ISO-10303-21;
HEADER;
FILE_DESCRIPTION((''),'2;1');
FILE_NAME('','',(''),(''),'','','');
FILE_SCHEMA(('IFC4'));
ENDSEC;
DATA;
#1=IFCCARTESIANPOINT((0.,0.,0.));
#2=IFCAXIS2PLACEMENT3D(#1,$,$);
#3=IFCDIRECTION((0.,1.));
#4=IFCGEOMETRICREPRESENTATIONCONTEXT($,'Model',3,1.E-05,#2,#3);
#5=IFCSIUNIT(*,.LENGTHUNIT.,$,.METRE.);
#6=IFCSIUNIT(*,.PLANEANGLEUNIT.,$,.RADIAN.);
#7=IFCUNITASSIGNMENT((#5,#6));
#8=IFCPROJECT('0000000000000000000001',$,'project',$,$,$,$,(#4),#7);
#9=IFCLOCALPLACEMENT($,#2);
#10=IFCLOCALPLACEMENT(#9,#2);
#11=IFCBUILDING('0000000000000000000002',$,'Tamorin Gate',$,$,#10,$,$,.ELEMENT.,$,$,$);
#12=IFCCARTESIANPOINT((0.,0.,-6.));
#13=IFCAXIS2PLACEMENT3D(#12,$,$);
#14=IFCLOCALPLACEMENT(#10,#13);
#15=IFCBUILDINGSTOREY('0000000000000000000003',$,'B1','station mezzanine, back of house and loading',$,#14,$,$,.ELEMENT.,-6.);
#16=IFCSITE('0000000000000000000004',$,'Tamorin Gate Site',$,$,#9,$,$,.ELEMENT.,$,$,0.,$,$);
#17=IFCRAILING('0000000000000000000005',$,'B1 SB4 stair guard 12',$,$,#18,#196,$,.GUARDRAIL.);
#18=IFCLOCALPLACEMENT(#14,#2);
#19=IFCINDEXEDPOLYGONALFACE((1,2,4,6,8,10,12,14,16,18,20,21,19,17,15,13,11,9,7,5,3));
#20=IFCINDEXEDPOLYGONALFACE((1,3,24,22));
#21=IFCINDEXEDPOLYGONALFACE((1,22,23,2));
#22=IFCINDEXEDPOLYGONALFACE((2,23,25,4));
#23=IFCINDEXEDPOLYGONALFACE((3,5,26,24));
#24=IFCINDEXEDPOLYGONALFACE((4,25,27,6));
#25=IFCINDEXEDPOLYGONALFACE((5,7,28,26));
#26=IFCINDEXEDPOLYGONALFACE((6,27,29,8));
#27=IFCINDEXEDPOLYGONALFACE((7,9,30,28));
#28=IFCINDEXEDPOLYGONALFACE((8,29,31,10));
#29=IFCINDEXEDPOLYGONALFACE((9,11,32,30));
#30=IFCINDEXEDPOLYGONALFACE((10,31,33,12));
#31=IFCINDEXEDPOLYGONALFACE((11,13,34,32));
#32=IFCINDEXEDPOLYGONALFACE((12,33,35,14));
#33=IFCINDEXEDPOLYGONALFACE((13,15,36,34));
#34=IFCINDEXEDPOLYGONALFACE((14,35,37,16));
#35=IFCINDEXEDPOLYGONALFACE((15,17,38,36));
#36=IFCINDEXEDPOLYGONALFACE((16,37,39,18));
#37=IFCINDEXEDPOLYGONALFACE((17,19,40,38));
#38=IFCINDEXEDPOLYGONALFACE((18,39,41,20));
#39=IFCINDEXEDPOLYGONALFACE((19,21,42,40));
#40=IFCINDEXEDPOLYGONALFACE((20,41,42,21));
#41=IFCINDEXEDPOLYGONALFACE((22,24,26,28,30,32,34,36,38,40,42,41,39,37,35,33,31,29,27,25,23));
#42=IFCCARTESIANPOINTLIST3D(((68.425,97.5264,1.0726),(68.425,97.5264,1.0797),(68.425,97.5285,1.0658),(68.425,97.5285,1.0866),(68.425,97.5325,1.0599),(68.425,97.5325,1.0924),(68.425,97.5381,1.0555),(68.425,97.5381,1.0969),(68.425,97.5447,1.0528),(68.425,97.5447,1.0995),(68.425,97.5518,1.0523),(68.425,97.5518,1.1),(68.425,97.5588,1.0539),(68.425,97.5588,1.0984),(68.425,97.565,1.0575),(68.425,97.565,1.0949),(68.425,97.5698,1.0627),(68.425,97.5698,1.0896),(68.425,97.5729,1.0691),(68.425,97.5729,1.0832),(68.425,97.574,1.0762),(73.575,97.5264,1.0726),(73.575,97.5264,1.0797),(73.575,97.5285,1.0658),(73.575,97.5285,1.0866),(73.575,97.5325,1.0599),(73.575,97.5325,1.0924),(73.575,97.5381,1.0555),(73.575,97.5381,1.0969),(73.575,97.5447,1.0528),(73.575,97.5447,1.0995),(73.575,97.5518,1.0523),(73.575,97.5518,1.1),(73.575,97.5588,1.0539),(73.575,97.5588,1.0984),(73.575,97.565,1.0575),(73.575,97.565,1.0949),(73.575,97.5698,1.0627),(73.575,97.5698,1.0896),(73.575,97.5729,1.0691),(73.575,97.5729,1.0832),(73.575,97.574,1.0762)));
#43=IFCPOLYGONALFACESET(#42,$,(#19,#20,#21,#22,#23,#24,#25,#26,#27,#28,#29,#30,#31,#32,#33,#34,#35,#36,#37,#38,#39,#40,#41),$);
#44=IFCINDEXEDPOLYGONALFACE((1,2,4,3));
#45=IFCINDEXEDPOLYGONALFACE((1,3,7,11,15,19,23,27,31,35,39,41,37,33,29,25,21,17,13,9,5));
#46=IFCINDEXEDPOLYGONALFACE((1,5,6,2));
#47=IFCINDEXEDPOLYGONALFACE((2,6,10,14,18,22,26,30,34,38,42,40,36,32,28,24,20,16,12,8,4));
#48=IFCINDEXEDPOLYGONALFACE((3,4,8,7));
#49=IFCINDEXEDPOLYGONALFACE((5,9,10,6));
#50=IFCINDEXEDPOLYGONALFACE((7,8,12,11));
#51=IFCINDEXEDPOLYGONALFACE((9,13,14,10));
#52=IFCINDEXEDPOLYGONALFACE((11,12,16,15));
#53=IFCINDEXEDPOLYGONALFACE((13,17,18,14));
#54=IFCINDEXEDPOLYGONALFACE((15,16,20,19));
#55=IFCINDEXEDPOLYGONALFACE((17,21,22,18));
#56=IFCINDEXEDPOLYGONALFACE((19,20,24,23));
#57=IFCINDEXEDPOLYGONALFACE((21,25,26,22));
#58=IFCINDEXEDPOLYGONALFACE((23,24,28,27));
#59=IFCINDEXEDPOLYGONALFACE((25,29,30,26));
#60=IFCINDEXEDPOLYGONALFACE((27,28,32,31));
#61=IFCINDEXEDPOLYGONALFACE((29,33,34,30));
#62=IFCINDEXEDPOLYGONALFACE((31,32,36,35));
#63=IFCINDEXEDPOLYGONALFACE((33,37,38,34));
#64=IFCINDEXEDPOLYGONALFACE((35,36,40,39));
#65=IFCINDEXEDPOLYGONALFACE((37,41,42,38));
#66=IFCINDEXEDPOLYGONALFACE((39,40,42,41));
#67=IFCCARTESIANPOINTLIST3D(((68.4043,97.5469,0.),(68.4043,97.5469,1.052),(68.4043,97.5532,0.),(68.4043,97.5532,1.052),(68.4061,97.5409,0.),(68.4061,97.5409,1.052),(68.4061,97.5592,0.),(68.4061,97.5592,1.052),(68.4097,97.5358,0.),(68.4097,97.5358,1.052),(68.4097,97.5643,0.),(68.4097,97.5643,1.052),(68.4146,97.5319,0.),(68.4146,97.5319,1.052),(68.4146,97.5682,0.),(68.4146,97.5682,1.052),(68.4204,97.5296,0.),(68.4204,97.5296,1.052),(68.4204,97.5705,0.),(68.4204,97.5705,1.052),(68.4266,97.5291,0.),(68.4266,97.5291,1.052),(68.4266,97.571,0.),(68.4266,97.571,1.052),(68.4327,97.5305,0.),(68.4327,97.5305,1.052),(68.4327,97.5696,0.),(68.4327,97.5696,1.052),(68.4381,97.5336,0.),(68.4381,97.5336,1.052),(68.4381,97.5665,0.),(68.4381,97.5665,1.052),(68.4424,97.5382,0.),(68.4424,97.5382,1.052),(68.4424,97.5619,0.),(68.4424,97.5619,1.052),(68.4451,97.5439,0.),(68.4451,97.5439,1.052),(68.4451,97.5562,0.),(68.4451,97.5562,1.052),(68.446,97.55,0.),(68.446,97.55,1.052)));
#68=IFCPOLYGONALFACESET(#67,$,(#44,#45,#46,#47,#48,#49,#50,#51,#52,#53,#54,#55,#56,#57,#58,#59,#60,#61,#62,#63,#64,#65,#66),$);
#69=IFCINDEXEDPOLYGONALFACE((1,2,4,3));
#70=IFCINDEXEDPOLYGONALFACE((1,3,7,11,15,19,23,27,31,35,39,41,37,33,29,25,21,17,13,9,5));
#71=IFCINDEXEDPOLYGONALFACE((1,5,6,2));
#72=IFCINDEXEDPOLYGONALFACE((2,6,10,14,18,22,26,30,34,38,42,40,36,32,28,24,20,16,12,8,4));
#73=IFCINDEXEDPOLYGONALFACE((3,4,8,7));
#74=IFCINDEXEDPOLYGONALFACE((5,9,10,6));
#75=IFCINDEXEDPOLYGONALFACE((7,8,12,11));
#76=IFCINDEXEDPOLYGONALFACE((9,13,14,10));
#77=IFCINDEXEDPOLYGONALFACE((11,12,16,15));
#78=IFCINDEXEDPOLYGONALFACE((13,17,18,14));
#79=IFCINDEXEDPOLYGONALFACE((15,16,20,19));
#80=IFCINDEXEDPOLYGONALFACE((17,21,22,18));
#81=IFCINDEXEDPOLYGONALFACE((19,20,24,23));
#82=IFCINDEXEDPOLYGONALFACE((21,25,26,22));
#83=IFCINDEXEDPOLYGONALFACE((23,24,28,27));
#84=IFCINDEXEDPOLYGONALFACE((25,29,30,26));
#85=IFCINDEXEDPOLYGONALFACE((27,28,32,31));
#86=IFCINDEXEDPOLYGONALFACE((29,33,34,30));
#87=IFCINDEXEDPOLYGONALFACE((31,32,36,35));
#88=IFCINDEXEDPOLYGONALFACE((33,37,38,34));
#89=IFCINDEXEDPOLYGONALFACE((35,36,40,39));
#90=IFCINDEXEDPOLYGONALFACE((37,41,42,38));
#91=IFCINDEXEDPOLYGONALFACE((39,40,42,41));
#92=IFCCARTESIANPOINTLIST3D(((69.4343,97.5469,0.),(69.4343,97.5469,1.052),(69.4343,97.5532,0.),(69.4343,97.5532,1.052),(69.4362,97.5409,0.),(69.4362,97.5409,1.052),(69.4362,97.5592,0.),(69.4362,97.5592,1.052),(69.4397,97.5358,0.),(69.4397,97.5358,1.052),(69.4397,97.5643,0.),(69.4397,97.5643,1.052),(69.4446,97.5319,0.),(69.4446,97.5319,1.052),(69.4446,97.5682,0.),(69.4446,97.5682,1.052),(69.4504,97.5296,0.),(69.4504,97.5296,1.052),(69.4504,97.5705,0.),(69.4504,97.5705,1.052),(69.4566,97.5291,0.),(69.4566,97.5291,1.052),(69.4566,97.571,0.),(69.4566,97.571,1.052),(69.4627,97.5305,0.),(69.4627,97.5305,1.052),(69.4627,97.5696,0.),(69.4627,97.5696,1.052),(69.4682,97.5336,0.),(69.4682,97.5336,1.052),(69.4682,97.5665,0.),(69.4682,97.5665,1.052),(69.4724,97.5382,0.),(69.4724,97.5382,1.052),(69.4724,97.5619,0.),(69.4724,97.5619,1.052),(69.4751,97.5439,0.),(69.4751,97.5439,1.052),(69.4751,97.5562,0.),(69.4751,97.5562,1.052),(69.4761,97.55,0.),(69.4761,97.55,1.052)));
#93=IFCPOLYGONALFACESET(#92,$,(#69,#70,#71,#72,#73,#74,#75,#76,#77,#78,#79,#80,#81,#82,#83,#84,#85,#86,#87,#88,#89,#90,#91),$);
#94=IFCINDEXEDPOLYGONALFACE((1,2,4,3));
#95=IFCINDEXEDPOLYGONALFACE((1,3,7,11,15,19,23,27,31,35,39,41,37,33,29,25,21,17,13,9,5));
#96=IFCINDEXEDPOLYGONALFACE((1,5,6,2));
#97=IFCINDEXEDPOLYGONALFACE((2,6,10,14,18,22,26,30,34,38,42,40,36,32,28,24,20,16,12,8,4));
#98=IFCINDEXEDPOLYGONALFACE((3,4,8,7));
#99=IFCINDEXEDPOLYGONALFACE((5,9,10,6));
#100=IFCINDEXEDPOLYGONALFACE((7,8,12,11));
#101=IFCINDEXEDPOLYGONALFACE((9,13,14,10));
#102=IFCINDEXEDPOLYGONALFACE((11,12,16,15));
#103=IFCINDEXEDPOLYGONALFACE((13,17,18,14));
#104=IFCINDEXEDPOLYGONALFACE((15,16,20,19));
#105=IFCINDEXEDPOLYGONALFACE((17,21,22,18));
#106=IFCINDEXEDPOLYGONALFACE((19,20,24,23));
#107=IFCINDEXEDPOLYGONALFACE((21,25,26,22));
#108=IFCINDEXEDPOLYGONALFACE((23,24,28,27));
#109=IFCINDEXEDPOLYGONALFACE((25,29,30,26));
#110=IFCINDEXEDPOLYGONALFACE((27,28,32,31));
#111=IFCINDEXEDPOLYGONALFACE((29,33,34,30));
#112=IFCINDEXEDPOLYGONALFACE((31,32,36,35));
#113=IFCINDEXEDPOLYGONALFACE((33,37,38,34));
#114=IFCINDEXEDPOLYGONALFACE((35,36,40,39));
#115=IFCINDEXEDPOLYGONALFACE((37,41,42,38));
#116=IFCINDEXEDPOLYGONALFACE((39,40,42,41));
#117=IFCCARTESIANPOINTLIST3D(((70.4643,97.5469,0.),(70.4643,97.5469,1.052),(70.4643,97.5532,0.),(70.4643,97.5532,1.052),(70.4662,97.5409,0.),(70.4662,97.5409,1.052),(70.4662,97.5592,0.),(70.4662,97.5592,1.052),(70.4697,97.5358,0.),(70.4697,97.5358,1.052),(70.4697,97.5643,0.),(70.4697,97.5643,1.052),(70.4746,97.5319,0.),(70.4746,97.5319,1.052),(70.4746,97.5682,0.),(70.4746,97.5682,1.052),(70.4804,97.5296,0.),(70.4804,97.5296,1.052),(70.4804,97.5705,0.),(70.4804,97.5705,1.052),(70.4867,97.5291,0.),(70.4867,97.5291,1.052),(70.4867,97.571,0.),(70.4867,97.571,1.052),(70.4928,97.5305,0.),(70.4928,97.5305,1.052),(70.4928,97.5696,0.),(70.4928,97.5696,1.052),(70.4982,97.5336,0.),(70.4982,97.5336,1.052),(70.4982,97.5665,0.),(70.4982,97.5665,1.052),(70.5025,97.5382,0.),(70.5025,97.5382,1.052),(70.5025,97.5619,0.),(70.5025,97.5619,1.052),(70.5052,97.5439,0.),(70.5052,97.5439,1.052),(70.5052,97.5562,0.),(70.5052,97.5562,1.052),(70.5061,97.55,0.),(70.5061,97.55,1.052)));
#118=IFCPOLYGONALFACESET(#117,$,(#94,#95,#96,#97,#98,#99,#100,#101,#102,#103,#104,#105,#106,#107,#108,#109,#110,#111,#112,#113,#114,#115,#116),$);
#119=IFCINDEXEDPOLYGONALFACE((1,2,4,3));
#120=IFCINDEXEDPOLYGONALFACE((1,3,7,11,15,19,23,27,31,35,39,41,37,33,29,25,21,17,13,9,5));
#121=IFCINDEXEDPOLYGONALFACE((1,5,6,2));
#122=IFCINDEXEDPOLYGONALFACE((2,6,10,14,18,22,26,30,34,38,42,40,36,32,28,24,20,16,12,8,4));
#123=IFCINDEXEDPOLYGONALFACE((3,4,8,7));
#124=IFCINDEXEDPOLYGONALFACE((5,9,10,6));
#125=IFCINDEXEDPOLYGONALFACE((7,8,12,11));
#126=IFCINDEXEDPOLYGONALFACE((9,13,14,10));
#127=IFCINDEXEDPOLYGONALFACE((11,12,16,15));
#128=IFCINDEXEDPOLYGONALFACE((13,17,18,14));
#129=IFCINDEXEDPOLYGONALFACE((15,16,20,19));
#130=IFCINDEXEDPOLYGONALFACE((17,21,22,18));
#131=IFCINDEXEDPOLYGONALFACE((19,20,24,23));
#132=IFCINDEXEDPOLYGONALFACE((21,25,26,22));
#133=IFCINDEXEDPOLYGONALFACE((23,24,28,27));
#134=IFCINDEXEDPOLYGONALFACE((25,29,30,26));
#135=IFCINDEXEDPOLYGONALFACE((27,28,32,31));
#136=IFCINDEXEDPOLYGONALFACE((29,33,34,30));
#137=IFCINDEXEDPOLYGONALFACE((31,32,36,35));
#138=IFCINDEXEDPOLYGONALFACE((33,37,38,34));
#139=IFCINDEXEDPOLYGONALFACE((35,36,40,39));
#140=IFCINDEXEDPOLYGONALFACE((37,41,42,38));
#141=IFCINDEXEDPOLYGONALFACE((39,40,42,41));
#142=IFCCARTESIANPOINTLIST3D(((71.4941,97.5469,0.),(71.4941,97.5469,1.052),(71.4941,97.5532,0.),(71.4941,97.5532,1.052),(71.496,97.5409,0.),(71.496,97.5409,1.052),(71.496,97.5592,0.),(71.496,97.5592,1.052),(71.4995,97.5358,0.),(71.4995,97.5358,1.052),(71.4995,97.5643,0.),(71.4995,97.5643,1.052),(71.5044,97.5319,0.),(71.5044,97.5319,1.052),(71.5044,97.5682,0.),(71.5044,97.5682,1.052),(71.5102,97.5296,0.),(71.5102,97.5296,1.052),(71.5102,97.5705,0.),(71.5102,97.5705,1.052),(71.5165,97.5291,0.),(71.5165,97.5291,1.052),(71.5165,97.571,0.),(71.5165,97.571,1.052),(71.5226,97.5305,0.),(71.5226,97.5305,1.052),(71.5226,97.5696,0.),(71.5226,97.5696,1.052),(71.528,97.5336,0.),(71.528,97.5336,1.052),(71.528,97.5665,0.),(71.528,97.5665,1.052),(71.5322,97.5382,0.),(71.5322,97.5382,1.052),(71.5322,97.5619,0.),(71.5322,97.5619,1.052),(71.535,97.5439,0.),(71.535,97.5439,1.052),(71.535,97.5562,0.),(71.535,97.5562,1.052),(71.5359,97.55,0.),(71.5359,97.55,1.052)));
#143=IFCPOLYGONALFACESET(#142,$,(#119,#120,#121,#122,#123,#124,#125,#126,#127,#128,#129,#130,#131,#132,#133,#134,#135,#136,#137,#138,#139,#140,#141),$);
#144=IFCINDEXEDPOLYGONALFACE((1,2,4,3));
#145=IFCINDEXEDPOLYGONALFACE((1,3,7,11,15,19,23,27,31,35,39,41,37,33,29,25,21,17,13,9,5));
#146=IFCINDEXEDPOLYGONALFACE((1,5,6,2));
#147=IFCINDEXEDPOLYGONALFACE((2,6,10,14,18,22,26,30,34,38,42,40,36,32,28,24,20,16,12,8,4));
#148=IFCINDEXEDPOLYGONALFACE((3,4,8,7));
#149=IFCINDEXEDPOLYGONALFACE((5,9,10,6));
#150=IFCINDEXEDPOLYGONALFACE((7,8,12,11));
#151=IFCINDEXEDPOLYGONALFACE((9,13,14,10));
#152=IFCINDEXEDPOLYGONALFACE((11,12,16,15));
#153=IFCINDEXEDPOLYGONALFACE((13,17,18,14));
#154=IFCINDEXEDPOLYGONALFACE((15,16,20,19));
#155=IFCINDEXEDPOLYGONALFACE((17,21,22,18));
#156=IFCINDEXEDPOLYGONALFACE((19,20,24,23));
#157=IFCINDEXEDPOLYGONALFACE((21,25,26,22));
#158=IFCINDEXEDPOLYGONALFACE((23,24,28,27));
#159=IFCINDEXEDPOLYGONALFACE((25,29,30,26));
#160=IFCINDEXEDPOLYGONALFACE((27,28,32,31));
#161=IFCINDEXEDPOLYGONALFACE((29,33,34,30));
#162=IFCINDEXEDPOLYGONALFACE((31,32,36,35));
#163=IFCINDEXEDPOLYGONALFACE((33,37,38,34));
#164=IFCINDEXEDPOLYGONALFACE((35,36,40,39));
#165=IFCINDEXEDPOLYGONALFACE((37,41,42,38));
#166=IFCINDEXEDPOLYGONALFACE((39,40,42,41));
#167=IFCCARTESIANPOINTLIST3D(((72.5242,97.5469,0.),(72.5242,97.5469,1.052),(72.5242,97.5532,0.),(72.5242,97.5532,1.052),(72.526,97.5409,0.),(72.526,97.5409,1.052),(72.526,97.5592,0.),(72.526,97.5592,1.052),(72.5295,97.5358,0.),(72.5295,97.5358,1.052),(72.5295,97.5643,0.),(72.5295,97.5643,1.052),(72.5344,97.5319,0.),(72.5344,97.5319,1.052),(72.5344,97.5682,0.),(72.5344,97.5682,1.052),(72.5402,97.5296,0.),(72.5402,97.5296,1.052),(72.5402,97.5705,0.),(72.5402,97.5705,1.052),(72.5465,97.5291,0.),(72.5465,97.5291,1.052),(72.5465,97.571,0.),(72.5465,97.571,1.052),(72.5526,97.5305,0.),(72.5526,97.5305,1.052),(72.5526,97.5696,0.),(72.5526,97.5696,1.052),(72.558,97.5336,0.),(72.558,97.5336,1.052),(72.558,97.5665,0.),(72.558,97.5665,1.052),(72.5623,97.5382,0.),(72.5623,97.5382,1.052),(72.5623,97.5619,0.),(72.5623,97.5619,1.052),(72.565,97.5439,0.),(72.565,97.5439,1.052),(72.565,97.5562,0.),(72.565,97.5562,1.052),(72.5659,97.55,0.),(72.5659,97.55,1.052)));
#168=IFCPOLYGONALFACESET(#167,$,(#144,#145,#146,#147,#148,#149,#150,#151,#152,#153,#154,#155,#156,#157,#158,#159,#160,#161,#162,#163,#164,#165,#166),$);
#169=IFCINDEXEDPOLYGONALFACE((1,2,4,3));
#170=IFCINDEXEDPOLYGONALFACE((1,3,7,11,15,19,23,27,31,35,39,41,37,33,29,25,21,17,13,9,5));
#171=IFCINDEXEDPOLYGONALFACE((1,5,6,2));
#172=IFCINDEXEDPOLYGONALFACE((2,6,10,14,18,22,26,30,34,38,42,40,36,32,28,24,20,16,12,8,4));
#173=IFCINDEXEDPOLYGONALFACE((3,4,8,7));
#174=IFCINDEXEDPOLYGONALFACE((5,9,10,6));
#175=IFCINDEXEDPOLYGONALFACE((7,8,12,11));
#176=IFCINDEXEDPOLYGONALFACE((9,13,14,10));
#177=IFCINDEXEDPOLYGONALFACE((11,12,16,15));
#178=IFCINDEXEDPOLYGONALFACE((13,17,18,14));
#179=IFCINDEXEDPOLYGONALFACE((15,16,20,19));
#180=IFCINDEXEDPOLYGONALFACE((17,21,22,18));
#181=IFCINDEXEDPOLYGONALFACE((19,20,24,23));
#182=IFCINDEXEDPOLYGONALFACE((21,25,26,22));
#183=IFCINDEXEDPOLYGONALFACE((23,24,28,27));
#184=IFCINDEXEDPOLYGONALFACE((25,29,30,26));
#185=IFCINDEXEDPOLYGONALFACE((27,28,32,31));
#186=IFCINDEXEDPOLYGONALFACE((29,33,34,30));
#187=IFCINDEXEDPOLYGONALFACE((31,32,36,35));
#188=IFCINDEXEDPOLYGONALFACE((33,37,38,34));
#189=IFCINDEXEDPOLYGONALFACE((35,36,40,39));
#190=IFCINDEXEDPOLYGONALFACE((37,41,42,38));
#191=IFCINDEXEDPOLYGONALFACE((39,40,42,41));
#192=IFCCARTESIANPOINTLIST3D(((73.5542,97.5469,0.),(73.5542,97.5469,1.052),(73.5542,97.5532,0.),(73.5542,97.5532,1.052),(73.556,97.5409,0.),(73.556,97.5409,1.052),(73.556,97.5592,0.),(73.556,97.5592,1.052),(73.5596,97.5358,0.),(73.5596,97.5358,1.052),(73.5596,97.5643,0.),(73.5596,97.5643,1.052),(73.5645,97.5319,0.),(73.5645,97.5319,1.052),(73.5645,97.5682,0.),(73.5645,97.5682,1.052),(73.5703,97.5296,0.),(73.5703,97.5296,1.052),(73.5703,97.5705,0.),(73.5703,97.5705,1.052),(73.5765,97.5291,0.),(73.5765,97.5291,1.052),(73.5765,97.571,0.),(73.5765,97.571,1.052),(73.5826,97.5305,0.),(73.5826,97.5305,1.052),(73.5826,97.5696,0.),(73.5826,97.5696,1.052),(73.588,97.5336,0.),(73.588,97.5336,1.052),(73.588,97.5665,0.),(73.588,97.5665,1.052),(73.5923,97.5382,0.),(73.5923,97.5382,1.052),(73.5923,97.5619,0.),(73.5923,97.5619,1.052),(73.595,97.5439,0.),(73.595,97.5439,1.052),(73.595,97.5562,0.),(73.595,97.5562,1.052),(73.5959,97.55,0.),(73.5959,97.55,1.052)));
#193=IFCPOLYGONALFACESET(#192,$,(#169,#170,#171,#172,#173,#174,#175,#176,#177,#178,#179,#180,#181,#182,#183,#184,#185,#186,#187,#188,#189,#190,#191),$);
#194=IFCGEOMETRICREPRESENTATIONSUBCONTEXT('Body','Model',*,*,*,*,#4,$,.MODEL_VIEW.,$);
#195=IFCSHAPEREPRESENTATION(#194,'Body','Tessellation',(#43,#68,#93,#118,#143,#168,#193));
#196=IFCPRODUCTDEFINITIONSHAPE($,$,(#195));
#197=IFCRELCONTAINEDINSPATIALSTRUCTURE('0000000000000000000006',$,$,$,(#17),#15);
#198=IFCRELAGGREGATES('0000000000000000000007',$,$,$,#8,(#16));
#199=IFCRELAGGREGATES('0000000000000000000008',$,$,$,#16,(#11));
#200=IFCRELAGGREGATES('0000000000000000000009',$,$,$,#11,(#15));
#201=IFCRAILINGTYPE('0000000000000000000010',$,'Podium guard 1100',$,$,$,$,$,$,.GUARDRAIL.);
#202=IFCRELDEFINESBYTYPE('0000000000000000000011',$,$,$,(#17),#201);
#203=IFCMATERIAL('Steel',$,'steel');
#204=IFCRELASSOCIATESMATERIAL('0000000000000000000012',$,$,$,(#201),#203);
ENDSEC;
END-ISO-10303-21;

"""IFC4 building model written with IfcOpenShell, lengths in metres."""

from ifc_helpers import new_model, si_unit, direction, frame, origin, origin_2d, place, context, subcontext, project, spatial, circle, extrude, material, type_object, element, save


model = new_model("IFC4")

# Units and contexts
model_context = context("Model", 3, precision=1e-05, world=origin(), true_north=direction((0.0, 1.0)))
body_context = subcontext(model_context, "Body", "Model", "MODEL_VIEW")
ifc_project = project(units=[si_unit("LENGTHUNIT", "METRE"), si_unit("PLANEANGLEUNIT", "RADIAN")], contexts=[model_context])

# Site, building, storey
site_placement = place(None, origin())
site = spatial("IfcSite", under=ifc_project, at=site_placement, Name="Tamorin Gate Site", CompositionType="ELEMENT", RefElevation=0.0)
building_placement = place(site_placement, origin())
building = spatial("IfcBuilding", under=site, at=building_placement, Name="Tamorin Gate", CompositionType="ELEMENT")
storey_placement = place(building_placement, frame((0.0, 0.0, -6.0)))
storey = spatial("IfcBuildingStorey", under=building, at=storey_placement, Name="B1", Description="station mezzanine, back of house and loading", CompositionType="ELEMENT", Elevation=-6.0)

# Railing
ifc_material_1 = material(Name="Steel", Category="steel")
railing_type_1 = type_object("IfcRailingType", Name="Podium guard 1100", PredefinedType="GUARDRAIL", material=ifc_material_1)
railing_1_placement = place(storey_placement, frame((68.425, 97.55, 0.0)))
element("IfcRailing", 1, at=railing_1_placement, inside=storey, type_object=railing_type_1, Name="B1 SB4 stair guard 12", PredefinedType="GUARDRAIL", context=body_context, shape_type="SweptSolid", body=[
    extrude(circle(Radius=0.0239, at=origin_2d()), frame((0.0, 0.0, 1.0762), z_axis=(1.0, 0.0, 0.0), x_axis=(0.0, 1.0, 0.0)), (0.0, 0.0, 1.0), 5.1499),
    extrude(circle(Radius=0.021, at=origin_2d()), origin(), (0.0, 0.0, 1.0), 1.052),
    extrude(circle(Radius=0.021, at=origin_2d()), frame((1.03, 0.0, 0.0)), (0.0, 0.0, 1.0), 1.052),
    extrude(circle(Radius=0.021, at=origin_2d()), frame((2.0601, 0.0, 0.0)), (0.0, 0.0, 1.0), 1.052),
    extrude(circle(Radius=0.021, at=origin_2d()), frame((3.0898, 0.0, 0.0)), (0.0, 0.0, 1.0), 1.052),
    extrude(circle(Radius=0.021, at=origin_2d()), frame((4.1199, 0.0, 0.0)), (0.0, 0.0, 1.0), 1.052),
    extrude(circle(Radius=0.021, at=origin_2d()), frame((5.1499, 0.0, 0.0)), (0.0, 0.0, 1.0), 1.052),
])

save(model, "model.ifc")
